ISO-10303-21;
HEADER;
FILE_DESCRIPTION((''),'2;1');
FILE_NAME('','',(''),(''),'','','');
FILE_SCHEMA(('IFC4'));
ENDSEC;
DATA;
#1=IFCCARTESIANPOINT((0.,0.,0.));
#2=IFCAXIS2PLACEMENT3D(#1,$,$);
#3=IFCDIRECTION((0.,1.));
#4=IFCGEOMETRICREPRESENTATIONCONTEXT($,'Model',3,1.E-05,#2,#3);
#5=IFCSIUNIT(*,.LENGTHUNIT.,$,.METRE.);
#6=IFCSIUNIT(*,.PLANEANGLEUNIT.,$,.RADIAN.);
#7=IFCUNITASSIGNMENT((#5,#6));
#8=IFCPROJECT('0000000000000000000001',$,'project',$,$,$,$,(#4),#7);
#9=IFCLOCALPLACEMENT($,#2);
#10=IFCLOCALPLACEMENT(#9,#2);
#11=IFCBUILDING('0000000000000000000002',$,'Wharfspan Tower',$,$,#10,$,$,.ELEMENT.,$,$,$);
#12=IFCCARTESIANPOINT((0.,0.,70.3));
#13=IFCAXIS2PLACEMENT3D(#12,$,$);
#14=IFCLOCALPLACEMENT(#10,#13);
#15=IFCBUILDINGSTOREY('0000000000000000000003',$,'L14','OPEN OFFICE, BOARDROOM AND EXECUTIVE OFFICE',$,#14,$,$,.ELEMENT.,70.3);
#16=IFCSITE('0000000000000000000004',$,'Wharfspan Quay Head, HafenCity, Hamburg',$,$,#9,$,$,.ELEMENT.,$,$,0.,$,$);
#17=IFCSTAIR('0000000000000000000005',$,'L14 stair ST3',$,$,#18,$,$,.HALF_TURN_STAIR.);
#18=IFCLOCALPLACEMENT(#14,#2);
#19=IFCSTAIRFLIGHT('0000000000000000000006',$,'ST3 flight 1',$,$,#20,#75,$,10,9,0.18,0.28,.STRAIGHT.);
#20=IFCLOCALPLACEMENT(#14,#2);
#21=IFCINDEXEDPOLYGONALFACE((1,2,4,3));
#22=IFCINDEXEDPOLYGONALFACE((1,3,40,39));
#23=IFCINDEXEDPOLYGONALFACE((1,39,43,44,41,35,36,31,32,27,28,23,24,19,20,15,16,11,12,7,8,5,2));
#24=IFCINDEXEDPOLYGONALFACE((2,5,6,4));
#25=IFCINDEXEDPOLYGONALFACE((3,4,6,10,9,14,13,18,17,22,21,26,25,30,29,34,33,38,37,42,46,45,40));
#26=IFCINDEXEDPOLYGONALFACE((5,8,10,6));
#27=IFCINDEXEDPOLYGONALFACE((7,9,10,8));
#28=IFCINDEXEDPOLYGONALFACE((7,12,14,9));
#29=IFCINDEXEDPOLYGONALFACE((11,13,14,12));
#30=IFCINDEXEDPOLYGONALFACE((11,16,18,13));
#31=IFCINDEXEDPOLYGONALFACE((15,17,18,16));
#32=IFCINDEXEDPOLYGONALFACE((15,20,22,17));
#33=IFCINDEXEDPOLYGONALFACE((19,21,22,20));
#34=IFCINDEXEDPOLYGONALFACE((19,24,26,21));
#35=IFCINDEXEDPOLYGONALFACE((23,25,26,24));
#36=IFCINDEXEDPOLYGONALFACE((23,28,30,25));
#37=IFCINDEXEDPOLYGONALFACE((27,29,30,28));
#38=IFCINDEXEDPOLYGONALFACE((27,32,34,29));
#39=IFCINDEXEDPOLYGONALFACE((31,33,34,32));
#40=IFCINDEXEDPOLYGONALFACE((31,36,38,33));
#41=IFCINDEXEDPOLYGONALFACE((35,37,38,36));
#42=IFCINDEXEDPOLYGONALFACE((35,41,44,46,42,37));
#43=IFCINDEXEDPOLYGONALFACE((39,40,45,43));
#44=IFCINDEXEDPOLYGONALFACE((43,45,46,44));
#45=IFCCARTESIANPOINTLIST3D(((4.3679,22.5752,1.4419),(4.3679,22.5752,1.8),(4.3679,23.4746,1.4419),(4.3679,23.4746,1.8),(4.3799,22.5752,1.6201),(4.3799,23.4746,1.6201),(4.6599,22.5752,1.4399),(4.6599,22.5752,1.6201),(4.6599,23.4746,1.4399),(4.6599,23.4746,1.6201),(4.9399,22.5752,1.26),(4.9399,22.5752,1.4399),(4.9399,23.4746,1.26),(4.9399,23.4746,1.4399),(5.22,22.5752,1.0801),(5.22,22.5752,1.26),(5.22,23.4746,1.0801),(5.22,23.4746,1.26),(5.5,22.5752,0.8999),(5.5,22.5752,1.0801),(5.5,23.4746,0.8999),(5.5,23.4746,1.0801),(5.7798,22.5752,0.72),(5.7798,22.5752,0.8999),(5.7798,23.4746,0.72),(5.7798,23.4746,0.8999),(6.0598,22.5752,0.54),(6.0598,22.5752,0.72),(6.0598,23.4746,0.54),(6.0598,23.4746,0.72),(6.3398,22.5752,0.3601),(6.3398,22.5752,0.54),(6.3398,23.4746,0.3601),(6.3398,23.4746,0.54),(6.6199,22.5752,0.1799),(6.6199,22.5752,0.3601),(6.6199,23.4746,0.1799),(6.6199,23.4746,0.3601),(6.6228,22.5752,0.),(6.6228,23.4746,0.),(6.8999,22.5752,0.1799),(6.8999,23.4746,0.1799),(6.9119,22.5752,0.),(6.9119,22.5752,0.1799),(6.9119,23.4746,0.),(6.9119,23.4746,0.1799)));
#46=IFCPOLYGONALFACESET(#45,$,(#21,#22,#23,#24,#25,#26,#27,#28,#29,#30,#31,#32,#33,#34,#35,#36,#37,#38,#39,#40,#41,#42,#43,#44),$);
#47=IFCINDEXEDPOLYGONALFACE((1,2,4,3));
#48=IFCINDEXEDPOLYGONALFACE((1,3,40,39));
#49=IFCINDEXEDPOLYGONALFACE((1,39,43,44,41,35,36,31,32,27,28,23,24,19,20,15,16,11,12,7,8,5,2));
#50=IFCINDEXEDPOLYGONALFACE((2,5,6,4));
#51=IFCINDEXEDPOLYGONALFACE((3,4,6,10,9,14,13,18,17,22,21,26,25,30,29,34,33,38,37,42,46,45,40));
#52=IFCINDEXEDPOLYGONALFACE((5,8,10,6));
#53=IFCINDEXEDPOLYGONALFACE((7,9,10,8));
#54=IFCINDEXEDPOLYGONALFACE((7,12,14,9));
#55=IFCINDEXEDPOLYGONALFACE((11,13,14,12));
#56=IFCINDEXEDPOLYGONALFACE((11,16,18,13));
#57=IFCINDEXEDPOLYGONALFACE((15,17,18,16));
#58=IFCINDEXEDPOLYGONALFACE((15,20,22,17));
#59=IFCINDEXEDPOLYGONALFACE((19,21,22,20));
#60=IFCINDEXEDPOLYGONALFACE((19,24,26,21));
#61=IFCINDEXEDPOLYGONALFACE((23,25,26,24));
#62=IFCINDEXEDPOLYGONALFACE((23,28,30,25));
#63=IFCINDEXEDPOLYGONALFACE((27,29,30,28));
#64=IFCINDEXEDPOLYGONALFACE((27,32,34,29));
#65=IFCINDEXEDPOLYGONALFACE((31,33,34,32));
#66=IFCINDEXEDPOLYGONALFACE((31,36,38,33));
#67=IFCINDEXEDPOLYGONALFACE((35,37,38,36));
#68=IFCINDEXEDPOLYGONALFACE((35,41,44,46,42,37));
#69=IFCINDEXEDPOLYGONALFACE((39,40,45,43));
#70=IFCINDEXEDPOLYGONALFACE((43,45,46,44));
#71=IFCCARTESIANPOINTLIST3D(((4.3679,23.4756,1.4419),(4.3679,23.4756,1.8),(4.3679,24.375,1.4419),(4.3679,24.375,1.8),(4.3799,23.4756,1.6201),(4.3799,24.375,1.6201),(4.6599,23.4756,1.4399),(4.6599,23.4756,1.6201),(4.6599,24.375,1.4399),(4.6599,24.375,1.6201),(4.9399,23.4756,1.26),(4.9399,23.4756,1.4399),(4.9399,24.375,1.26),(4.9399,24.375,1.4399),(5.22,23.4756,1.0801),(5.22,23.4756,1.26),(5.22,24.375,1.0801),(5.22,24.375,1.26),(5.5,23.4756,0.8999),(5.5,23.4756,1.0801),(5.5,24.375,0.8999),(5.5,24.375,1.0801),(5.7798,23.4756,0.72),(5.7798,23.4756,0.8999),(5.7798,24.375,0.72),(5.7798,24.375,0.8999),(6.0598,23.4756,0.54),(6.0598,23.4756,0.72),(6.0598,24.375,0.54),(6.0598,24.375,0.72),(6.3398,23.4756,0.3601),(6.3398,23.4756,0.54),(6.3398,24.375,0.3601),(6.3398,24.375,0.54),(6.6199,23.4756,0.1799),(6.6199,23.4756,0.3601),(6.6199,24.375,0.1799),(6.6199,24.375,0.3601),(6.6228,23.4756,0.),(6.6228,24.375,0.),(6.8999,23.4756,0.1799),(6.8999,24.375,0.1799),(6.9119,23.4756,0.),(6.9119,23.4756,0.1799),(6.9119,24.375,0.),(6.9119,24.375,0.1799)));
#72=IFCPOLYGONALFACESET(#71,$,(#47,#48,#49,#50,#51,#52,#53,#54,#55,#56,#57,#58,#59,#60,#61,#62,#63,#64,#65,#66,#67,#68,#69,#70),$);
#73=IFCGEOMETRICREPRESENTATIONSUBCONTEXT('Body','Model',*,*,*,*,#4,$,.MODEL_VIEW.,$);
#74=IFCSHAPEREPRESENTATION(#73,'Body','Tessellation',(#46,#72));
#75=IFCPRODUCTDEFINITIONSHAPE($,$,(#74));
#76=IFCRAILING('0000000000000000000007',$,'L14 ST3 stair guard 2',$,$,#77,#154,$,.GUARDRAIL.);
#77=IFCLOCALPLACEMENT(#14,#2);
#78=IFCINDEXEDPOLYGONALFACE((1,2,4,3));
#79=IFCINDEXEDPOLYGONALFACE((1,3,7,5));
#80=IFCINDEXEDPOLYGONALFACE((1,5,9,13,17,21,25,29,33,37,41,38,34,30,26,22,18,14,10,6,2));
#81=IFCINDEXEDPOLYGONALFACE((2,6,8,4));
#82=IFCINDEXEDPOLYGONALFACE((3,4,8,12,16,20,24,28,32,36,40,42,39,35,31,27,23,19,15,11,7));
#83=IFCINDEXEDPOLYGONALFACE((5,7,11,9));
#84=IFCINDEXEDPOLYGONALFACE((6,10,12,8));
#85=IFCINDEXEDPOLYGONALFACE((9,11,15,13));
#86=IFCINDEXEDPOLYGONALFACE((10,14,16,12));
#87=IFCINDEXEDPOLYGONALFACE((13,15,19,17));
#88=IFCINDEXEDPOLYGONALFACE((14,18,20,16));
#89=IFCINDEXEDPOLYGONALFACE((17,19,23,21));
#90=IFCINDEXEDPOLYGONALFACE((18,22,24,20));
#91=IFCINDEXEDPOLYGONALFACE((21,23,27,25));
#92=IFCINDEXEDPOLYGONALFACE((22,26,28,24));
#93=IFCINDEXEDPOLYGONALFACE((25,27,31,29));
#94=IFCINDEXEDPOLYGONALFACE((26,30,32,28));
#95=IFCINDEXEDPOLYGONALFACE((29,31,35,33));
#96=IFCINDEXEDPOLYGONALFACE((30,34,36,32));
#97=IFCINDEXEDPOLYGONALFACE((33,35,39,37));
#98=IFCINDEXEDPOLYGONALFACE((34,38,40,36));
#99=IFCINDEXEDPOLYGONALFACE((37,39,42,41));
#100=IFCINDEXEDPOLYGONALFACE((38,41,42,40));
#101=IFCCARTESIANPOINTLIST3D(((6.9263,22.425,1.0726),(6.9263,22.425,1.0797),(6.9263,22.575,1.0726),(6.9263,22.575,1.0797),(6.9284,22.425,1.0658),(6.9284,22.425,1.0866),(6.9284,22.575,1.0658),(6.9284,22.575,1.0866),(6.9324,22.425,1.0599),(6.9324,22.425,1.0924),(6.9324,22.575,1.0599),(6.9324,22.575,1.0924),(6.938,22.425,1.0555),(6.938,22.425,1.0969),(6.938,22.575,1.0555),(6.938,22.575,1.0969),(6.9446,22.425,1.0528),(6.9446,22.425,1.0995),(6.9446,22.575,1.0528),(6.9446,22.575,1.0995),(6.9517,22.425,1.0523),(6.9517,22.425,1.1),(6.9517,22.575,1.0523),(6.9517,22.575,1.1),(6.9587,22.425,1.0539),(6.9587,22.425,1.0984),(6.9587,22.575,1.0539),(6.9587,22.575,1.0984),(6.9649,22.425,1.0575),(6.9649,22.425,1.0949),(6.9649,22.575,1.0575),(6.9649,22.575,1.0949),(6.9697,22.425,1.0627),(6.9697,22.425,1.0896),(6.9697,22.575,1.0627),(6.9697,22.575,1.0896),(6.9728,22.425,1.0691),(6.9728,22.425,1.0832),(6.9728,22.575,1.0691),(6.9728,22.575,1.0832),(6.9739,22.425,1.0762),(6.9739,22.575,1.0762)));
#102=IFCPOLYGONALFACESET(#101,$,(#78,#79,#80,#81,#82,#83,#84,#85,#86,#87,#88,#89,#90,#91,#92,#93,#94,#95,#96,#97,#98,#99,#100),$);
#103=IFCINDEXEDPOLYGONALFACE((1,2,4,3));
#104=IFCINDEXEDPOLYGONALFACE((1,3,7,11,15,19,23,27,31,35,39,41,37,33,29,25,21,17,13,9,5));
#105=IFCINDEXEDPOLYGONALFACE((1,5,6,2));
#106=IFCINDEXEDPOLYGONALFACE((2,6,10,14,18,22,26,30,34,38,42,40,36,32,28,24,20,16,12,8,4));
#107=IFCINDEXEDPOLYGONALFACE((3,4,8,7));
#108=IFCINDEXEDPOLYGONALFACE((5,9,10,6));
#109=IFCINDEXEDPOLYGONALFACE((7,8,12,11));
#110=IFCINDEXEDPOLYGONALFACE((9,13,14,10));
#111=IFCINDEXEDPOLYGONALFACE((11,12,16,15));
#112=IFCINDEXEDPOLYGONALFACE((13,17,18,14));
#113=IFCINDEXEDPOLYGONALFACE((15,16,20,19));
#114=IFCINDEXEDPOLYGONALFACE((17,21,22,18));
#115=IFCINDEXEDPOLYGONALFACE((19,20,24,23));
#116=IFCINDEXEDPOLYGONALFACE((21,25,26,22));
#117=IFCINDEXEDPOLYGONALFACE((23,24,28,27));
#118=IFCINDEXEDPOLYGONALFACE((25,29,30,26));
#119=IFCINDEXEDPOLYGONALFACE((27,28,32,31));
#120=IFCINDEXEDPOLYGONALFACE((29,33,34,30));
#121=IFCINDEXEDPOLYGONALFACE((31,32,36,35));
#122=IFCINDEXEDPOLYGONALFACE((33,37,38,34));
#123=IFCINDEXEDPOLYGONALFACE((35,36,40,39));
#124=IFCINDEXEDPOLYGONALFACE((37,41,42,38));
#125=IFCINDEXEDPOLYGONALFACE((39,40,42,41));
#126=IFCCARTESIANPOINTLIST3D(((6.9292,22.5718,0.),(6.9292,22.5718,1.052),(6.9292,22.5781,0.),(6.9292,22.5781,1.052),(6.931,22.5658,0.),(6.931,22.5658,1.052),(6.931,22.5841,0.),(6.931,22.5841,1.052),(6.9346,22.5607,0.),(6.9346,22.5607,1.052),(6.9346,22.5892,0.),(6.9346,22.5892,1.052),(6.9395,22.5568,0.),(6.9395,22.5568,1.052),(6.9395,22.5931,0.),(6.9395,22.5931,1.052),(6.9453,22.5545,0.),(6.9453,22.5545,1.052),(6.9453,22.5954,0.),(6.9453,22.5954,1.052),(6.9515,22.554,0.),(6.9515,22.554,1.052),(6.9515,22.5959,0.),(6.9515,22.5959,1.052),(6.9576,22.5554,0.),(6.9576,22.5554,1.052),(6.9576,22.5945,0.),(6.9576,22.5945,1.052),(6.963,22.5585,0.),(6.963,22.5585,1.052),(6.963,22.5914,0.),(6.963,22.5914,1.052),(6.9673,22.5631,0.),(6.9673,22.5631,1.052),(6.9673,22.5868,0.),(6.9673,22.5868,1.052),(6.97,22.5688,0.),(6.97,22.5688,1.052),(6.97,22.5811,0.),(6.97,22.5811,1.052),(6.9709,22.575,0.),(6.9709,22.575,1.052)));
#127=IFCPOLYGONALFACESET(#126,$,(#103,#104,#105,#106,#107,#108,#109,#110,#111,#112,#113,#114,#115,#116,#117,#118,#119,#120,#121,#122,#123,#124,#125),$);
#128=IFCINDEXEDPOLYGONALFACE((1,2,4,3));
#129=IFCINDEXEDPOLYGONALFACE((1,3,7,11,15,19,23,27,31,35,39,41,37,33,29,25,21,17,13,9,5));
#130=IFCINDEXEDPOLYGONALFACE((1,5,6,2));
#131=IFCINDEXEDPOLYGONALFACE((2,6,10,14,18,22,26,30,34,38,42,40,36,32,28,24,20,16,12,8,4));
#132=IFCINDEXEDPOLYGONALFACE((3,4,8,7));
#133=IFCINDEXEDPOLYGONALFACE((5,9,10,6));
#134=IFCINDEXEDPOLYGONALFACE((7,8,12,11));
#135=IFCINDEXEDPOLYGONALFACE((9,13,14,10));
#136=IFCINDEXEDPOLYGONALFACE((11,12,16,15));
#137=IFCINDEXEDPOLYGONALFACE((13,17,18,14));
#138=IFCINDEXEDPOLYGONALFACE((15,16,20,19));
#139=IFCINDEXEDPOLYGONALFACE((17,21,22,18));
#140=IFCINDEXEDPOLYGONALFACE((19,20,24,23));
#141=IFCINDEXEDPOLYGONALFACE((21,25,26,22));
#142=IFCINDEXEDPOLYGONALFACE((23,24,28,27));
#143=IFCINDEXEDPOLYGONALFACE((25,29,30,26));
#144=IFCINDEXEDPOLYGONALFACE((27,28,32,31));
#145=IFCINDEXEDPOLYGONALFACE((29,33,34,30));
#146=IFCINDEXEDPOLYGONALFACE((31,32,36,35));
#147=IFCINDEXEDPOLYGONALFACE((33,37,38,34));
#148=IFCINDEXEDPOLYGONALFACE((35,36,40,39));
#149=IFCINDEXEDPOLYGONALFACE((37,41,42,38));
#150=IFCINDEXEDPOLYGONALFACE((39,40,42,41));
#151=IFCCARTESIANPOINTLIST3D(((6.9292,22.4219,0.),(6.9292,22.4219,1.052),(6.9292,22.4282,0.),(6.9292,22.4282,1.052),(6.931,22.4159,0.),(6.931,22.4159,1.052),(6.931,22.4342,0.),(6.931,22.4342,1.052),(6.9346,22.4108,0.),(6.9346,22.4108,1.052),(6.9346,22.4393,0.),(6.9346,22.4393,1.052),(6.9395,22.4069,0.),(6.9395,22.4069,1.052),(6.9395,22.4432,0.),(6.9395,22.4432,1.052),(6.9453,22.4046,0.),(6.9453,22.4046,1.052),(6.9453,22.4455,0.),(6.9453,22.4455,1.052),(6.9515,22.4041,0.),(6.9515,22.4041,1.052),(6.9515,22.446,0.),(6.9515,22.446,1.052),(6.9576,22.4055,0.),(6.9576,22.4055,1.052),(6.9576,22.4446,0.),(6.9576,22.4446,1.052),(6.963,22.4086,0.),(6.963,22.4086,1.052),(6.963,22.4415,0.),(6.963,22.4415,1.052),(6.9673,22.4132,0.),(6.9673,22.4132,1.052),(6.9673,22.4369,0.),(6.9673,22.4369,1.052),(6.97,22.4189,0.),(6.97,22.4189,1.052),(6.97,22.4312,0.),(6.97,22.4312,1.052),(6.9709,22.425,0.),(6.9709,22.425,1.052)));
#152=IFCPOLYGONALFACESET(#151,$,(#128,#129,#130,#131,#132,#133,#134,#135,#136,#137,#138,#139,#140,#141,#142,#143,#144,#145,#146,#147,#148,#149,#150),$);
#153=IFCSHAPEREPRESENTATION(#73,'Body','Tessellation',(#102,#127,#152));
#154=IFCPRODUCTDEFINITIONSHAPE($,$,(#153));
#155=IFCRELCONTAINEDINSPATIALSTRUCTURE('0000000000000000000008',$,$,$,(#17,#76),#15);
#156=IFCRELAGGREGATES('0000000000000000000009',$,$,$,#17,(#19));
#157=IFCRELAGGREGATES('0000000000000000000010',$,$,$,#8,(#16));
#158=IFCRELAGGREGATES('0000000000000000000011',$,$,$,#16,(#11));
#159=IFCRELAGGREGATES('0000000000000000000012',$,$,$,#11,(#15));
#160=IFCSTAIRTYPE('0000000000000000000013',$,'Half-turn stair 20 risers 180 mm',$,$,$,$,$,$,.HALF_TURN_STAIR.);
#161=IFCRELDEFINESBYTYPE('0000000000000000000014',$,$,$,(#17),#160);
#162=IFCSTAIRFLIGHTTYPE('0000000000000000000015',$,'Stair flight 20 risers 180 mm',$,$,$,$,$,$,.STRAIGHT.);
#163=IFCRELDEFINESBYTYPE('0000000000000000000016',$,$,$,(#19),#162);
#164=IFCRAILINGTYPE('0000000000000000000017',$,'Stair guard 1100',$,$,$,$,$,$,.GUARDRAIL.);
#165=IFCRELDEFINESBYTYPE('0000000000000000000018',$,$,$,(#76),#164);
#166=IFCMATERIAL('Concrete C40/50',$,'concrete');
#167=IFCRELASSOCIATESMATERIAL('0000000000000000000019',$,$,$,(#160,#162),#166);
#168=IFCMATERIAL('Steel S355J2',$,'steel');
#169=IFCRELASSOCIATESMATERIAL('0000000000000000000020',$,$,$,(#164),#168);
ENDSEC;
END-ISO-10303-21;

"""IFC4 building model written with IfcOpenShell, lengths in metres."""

from ifc_helpers import new_model, si_unit, direction, frame, origin, origin_2d, place, context, subcontext, project, spatial, polyline, circle, outline, extrude, material, type_object, element, aggregate, save


model = new_model("IFC4")

# Units and contexts
model_context = context("Model", 3, precision=1e-05, world=origin(), true_north=direction((0.0, 1.0)))
body_context = subcontext(model_context, "Body", "Model", "MODEL_VIEW")
ifc_project = project(units=[si_unit("LENGTHUNIT", "METRE"), si_unit("PLANEANGLEUNIT", "RADIAN")], contexts=[model_context])

# Site, building, storey
site_placement = place(None, origin())
site = spatial("IfcSite", under=ifc_project, at=site_placement, Name="Wharfspan Quay Head, HafenCity, Hamburg", CompositionType="ELEMENT", RefElevation=0.0)
building_placement = place(site_placement, origin())
building = spatial("IfcBuilding", under=site, at=building_placement, Name="Wharfspan Tower", CompositionType="ELEMENT")
storey_placement = place(building_placement, frame((0.0, 0.0, 70.3)))
storey = spatial("IfcBuildingStorey", under=building, at=storey_placement, Name="L14", Description="OPEN OFFICE, BOARDROOM AND EXECUTIVE OFFICE", CompositionType="ELEMENT", Elevation=70.3)

# Shared definitions
ifc_material_1 = material(Name="Steel S355J2", Category="steel")

# Shared definitions
ifc_material_2 = material(Name="Concrete C40/50", Category="concrete")

# Stair, stair flight
stair_type = type_object("IfcStairType", Name="Half-turn stair 20 risers 180 mm", PredefinedType="HALF_TURN_STAIR", material=ifc_material_2)
stair_placement = place(storey_placement, origin())
stair = element("IfcStair", 1, at=stair_placement, inside=storey, type_object=stair_type, Name="L14 stair ST3", PredefinedType="HALF_TURN_STAIR")
stair_flight_type = type_object("IfcStairFlightType", Name="Stair flight 20 risers 180 mm", PredefinedType="STRAIGHT", material=ifc_material_2)
stair_flight_placement = place(storey_placement, frame((6.8999, 23.4751, 0.0), z_axis=(0.0, 0.0, 1.0), x_axis=(-1.0, 0.0, 0.0)))
stair_flight = element("IfcStairFlight", 2, at=stair_flight_placement, type_object=stair_flight_type, Name="ST3 flight 1", NumberOfRisers=10, NumberOfTreads=9, PredefinedType="STRAIGHT", RiserHeight=0.18, TreadLength=0.28, context=body_context, shape_type="SweptSolid", body=[
    extrude(outline(polyline([(-0.012, 0.0), (-0.012, 0.1799), (0.0, 0.1799), (0.28, 0.1799), (0.28, 0.3601), (0.5601, 0.3601), (0.5601, 0.54), (0.8401, 0.54), (0.8401, 0.72), (1.1201, 0.72), (1.1201, 0.8999), (1.3999, 0.8999), (1.3999, 1.0801), (1.6799, 1.0801), (1.6799, 1.26), (1.96, 1.26), (1.96, 1.4399), (2.24, 1.4399), (2.24, 1.6201), (2.52, 1.6201), (2.532, 1.8), (2.532, 1.4419), (0.2771, 0.0), (-0.012, 0.0)])), frame((0.0, 0.8999, 0.0), z_axis=(0.0, -1.0, 0.0), x_axis=(1.0, 0.0, 0.0)), (0.0, 0.0, 1.0), 0.8994),
    extrude(outline(polyline([(-0.012, 0.0), (-0.012, 0.1799), (0.0, 0.1799), (0.28, 0.1799), (0.28, 0.3601), (0.5601, 0.3601), (0.5601, 0.54), (0.8401, 0.54), (0.8401, 0.72), (1.1201, 0.72), (1.1201, 0.8999), (1.3999, 0.8999), (1.3999, 1.0801), (1.6799, 1.0801), (1.6799, 1.26), (1.96, 1.26), (1.96, 1.4399), (2.24, 1.4399), (2.24, 1.6201), (2.52, 1.6201), (2.532, 1.8), (2.532, 1.4419), (0.2771, 0.0), (-0.012, 0.0)])), frame((0.0, -0.0005, 0.0), z_axis=(0.0, -1.0, 0.0), x_axis=(1.0, 0.0, 0.0)), (0.0, 0.0, 1.0), 0.8994),
])
aggregate(stair, [stair_flight])

# Railing
railing_type = type_object("IfcRailingType", Name="Stair guard 1100", PredefinedType="GUARDRAIL", material=ifc_material_1)
railing_placement = place(storey_placement, frame((6.95, 22.575, 0.0)))
element("IfcRailing", 3, at=railing_placement, inside=storey, type_object=railing_type, Name="L14 ST3 stair guard 2", PredefinedType="GUARDRAIL", context=body_context, shape_type="SweptSolid", body=[
    extrude(circle(Radius=0.0239, at=origin_2d()), frame((0.0, 0.0, 1.0762), z_axis=(0.0, -1.0, 0.0), x_axis=(1.0, 0.0, 0.0)), (0.0, 0.0, 1.0), 0.1499),
    extrude(circle(Radius=0.021, at=origin_2d()), origin(), (0.0, 0.0, 1.0), 1.052),
    extrude(circle(Radius=0.021, at=origin_2d()), frame((0.0, -0.1499, 0.0)), (0.0, 0.0, 1.0), 1.052),
])

save(model, "model.ifc")
